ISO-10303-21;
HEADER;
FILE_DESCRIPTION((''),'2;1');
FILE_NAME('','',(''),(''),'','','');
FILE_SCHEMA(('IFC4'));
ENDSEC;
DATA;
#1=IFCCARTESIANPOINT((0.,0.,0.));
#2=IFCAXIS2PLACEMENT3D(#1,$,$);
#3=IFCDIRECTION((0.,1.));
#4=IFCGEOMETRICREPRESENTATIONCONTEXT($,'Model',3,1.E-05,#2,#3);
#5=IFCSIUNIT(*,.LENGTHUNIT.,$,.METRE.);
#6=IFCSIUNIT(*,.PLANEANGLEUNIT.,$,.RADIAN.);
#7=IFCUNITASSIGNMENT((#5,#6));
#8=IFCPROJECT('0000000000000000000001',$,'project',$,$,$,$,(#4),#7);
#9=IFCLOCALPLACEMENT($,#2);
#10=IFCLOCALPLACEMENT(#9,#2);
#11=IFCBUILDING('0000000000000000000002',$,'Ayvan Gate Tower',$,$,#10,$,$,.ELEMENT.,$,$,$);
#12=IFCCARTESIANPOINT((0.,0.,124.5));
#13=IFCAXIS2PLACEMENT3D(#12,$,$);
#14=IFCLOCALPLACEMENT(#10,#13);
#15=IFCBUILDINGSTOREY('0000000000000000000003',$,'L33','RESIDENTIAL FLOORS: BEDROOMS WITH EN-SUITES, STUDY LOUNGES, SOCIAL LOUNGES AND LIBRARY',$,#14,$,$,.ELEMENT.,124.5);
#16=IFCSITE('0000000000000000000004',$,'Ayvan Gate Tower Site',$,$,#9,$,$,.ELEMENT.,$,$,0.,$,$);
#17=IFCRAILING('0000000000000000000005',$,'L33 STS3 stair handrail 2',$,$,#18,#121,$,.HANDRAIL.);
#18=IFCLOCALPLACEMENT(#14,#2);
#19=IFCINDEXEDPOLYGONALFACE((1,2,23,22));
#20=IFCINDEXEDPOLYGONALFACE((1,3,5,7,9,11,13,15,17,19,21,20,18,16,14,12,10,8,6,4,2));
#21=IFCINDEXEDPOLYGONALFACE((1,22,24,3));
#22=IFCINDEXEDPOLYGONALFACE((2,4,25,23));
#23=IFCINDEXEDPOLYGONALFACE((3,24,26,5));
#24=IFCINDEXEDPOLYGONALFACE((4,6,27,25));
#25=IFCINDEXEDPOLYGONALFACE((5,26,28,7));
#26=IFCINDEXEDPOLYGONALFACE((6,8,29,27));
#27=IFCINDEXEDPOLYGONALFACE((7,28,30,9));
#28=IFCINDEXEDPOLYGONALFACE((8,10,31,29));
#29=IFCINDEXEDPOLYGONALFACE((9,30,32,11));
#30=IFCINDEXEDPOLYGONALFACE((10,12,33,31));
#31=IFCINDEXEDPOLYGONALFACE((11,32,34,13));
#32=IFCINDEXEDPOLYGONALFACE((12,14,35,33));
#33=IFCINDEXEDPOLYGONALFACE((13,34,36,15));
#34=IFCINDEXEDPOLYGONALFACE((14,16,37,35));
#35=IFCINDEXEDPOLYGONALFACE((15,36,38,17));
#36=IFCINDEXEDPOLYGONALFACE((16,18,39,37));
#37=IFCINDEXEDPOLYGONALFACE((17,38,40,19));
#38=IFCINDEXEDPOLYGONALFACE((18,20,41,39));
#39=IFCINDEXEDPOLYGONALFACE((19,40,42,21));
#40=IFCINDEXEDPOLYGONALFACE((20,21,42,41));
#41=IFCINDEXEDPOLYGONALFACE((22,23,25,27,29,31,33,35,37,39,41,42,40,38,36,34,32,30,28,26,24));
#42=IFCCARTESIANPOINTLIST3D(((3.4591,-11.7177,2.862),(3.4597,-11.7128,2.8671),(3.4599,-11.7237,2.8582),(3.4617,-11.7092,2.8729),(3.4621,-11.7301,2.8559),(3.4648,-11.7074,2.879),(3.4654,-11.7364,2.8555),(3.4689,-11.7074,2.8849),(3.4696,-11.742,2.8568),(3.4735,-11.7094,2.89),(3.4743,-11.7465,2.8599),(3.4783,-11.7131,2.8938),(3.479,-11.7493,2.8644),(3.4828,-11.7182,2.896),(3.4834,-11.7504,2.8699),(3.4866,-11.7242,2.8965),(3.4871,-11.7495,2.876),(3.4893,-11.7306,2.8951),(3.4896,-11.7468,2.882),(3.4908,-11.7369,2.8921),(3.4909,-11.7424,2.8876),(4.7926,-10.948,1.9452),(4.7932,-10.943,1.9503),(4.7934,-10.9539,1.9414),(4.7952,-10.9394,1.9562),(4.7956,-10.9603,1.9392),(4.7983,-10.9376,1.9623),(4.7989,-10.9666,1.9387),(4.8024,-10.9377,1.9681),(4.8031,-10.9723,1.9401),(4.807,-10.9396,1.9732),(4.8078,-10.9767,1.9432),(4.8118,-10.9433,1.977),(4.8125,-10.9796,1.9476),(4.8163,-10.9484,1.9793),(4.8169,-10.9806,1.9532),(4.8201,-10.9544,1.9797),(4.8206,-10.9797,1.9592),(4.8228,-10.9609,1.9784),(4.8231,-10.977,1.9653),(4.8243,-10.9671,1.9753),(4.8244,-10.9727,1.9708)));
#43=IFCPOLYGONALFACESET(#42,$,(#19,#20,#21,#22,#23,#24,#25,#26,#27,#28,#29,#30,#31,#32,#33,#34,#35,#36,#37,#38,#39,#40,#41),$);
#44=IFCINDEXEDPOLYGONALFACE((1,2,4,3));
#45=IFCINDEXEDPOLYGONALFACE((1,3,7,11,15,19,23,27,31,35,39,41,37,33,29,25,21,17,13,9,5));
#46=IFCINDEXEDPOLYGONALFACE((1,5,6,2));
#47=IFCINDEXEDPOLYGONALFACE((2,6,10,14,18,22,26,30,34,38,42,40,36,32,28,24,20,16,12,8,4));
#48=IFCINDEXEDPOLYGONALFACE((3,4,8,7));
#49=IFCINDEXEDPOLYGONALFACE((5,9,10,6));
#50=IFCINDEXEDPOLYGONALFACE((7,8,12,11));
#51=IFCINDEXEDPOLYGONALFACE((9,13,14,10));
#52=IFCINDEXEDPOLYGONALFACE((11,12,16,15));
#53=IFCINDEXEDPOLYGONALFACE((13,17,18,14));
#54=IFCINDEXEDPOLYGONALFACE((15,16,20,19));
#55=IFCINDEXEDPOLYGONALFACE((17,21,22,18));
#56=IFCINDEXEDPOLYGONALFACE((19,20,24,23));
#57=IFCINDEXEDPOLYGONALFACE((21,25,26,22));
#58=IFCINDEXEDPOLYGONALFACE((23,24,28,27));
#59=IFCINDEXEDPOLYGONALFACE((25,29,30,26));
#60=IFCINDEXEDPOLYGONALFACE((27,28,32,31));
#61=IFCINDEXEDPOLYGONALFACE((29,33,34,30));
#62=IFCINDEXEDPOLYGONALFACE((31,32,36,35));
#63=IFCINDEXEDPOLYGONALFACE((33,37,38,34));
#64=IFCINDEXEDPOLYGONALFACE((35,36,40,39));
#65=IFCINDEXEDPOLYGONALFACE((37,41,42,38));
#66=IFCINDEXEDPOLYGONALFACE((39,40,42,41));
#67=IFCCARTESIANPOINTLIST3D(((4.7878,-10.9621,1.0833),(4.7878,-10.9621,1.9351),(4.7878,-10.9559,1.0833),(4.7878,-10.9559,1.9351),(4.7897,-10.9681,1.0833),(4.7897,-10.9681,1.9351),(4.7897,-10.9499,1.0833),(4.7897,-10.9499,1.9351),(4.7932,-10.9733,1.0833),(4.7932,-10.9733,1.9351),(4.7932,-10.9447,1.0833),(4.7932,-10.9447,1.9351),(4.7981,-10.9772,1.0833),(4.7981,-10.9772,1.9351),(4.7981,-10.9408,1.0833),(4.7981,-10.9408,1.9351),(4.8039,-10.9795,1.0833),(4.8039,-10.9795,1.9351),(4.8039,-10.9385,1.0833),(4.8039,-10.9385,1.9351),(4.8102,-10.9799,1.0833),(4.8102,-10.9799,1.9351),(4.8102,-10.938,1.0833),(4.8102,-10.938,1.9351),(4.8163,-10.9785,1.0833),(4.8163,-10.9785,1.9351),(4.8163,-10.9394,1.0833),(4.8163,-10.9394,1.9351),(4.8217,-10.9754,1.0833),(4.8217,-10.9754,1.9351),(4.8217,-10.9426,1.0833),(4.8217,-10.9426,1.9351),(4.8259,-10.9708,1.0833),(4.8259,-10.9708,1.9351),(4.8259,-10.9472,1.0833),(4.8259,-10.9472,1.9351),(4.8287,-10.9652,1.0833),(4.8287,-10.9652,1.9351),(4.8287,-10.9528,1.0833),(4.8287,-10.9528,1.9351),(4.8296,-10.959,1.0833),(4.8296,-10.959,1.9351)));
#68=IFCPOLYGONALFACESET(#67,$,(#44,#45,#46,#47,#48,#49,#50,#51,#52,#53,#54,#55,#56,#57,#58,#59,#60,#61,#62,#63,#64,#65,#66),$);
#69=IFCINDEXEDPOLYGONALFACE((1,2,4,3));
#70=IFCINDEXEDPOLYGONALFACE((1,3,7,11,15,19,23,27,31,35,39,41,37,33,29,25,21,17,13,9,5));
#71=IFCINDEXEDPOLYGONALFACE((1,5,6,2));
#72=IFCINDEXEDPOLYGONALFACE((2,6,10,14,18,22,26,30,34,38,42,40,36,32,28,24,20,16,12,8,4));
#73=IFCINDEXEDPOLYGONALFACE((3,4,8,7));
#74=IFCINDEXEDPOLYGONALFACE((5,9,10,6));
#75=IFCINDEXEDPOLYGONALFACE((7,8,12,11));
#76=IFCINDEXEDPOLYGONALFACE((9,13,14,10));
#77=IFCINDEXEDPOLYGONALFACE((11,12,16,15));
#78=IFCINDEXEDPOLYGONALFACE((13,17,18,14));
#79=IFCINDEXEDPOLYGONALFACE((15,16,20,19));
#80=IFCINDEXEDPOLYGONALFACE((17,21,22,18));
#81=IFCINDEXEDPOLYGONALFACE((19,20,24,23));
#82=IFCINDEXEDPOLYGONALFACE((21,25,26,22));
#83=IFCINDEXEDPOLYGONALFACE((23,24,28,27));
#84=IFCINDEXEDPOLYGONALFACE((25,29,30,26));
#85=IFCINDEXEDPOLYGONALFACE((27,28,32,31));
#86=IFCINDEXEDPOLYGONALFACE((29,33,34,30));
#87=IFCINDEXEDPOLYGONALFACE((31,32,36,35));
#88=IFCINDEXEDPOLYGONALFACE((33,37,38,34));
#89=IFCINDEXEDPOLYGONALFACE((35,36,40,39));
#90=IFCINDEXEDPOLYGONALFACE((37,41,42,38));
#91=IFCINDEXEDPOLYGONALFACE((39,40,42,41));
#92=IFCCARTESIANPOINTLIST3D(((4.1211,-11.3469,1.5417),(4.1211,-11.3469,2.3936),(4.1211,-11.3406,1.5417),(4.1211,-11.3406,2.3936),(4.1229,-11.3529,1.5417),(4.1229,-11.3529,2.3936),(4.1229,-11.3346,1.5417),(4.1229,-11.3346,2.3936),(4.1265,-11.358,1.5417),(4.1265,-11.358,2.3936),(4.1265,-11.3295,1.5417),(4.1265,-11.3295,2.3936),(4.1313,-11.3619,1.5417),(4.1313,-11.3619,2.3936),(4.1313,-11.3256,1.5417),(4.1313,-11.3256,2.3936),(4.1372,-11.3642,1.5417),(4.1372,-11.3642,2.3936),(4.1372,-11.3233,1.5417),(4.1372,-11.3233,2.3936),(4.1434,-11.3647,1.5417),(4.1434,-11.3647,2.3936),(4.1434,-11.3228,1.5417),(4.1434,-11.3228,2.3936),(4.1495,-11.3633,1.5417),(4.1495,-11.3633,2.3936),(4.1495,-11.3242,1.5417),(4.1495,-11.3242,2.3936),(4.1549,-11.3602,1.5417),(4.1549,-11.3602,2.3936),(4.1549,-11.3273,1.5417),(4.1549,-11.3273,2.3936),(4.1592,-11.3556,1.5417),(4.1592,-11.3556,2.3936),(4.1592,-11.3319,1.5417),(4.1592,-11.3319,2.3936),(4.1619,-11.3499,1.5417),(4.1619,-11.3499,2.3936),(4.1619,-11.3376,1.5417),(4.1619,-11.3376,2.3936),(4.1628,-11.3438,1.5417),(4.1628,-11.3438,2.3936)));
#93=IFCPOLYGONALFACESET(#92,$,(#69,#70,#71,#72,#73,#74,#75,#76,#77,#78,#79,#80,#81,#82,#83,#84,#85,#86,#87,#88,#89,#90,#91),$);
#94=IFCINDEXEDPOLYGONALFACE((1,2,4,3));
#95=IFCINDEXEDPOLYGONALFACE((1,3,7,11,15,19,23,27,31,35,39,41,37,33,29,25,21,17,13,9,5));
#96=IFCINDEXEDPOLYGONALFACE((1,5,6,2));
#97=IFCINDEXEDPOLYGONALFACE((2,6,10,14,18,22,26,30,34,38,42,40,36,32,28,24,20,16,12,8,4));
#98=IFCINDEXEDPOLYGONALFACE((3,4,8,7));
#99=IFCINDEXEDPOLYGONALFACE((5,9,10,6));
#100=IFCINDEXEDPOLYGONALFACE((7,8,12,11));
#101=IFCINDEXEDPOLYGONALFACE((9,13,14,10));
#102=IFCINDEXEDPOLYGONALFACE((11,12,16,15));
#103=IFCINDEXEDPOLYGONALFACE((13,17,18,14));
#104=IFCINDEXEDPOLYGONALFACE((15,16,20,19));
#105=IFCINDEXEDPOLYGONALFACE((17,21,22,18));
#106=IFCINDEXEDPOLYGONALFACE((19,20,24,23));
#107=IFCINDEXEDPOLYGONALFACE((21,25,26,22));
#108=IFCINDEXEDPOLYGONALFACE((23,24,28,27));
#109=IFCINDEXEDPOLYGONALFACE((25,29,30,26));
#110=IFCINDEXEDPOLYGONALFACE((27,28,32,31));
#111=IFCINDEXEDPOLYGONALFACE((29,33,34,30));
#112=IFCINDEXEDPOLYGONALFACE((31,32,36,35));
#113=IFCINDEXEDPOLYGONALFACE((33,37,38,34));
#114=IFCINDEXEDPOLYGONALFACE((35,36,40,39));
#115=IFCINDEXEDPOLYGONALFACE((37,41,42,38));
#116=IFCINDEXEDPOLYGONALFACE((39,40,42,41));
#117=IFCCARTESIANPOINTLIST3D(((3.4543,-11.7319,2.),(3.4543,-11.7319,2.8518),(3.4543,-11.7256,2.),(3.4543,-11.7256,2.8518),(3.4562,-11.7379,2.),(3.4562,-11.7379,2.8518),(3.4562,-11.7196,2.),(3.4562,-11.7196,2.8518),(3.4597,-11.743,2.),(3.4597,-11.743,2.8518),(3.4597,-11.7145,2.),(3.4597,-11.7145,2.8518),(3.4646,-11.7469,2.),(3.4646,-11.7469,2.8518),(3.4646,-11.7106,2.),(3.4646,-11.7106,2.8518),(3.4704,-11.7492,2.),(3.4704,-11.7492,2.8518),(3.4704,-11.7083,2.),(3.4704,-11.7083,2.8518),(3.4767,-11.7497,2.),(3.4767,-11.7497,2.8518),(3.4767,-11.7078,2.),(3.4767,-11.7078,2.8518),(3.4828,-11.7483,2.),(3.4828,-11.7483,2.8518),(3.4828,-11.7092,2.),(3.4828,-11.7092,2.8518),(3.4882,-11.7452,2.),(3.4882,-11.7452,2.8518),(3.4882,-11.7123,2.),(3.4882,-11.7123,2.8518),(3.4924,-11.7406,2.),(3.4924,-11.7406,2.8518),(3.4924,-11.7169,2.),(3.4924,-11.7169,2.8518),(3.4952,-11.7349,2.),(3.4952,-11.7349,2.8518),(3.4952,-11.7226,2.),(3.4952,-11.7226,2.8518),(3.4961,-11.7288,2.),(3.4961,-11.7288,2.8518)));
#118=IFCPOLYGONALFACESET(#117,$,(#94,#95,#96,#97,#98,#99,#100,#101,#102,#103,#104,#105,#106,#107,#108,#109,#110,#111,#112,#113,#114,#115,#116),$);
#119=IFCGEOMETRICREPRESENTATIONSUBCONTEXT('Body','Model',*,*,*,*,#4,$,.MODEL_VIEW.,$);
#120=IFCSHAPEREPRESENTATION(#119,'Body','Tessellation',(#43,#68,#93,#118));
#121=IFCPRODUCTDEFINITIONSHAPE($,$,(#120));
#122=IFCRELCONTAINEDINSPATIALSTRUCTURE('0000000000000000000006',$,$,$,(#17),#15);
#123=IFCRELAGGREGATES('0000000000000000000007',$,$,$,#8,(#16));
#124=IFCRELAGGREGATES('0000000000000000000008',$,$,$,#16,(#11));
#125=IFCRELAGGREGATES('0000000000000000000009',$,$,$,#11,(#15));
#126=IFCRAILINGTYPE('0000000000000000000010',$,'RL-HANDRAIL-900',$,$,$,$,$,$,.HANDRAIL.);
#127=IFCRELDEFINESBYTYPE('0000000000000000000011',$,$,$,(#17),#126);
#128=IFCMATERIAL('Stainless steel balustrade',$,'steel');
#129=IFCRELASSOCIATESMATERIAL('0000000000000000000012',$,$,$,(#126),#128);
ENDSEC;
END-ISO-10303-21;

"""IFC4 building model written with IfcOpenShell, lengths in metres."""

from ifc_helpers import new_model, si_unit, direction, frame, origin, origin_2d, place, context, subcontext, project, spatial, circle, extrude, material, type_object, element, save


model = new_model("IFC4")

# Units and contexts
model_context = context("Model", 3, precision=1e-05, world=origin(), true_north=direction((0.0, 1.0)))
body_context = subcontext(model_context, "Body", "Model", "MODEL_VIEW")
ifc_project = project(units=[si_unit("LENGTHUNIT", "METRE"), si_unit("PLANEANGLEUNIT", "RADIAN")], contexts=[model_context])

# Site, building, storey
site_placement = place(None, origin())
site = spatial("IfcSite", under=ifc_project, at=site_placement, Name="Ayvan Gate Tower Site", CompositionType="ELEMENT", RefElevation=0.0)
building_placement = place(site_placement, origin())
building = spatial("IfcBuilding", under=site, at=building_placement, Name="Ayvan Gate Tower", CompositionType="ELEMENT")
storey_placement = place(building_placement, frame((0.0, 0.0, 124.5)))
storey = spatial("IfcBuildingStorey", under=building, at=storey_placement, Name="L33", Description="RESIDENTIAL FLOORS: BEDROOMS WITH EN-SUITES, STUDY LOUNGES, SOCIAL LOUNGES AND LIBRARY", CompositionType="ELEMENT", Elevation=124.5)

# Railing
ifc_material_1 = material(Name="Stainless steel balustrade", Category="steel")
railing_type_1 = type_object("IfcRailingType", Name="RL-HANDRAIL-900", PredefinedType="HANDRAIL", material=ifc_material_1)
railing_1_placement = place(storey_placement, frame((4.8086, -10.959, 1.0833)))
element("IfcRailing", 1, at=railing_1_placement, inside=storey, type_object=railing_type_1, Name="L33 STS3 stair handrail 2", PredefinedType="HANDRAIL", context=body_context, shape_type="SweptSolid", body=[
    extrude(circle(Radius=0.0239, at=origin_2d()), frame((0.0, 0.0, 0.876), z_axis=(-0.744147, -0.429567, 0.511584), x_axis=(0.499942, -0.866059, 0.0)), (0.0, 0.0, 1.0), 1.792),
    extrude(circle(Radius=0.021, at=origin_2d()), origin(), (0.0, 0.0, 1.0), 0.8518),
    extrude(circle(Radius=0.021, at=origin_2d()), frame((-0.6667, -0.3848, 0.4585)), (0.0, 0.0, 1.0), 0.8518),
    extrude(circle(Radius=0.021, at=origin_2d()), frame((-1.3335, -0.7698, 0.9167)), (0.0, 0.0, 1.0), 0.8518),
])

save(model, "model.ifc")
